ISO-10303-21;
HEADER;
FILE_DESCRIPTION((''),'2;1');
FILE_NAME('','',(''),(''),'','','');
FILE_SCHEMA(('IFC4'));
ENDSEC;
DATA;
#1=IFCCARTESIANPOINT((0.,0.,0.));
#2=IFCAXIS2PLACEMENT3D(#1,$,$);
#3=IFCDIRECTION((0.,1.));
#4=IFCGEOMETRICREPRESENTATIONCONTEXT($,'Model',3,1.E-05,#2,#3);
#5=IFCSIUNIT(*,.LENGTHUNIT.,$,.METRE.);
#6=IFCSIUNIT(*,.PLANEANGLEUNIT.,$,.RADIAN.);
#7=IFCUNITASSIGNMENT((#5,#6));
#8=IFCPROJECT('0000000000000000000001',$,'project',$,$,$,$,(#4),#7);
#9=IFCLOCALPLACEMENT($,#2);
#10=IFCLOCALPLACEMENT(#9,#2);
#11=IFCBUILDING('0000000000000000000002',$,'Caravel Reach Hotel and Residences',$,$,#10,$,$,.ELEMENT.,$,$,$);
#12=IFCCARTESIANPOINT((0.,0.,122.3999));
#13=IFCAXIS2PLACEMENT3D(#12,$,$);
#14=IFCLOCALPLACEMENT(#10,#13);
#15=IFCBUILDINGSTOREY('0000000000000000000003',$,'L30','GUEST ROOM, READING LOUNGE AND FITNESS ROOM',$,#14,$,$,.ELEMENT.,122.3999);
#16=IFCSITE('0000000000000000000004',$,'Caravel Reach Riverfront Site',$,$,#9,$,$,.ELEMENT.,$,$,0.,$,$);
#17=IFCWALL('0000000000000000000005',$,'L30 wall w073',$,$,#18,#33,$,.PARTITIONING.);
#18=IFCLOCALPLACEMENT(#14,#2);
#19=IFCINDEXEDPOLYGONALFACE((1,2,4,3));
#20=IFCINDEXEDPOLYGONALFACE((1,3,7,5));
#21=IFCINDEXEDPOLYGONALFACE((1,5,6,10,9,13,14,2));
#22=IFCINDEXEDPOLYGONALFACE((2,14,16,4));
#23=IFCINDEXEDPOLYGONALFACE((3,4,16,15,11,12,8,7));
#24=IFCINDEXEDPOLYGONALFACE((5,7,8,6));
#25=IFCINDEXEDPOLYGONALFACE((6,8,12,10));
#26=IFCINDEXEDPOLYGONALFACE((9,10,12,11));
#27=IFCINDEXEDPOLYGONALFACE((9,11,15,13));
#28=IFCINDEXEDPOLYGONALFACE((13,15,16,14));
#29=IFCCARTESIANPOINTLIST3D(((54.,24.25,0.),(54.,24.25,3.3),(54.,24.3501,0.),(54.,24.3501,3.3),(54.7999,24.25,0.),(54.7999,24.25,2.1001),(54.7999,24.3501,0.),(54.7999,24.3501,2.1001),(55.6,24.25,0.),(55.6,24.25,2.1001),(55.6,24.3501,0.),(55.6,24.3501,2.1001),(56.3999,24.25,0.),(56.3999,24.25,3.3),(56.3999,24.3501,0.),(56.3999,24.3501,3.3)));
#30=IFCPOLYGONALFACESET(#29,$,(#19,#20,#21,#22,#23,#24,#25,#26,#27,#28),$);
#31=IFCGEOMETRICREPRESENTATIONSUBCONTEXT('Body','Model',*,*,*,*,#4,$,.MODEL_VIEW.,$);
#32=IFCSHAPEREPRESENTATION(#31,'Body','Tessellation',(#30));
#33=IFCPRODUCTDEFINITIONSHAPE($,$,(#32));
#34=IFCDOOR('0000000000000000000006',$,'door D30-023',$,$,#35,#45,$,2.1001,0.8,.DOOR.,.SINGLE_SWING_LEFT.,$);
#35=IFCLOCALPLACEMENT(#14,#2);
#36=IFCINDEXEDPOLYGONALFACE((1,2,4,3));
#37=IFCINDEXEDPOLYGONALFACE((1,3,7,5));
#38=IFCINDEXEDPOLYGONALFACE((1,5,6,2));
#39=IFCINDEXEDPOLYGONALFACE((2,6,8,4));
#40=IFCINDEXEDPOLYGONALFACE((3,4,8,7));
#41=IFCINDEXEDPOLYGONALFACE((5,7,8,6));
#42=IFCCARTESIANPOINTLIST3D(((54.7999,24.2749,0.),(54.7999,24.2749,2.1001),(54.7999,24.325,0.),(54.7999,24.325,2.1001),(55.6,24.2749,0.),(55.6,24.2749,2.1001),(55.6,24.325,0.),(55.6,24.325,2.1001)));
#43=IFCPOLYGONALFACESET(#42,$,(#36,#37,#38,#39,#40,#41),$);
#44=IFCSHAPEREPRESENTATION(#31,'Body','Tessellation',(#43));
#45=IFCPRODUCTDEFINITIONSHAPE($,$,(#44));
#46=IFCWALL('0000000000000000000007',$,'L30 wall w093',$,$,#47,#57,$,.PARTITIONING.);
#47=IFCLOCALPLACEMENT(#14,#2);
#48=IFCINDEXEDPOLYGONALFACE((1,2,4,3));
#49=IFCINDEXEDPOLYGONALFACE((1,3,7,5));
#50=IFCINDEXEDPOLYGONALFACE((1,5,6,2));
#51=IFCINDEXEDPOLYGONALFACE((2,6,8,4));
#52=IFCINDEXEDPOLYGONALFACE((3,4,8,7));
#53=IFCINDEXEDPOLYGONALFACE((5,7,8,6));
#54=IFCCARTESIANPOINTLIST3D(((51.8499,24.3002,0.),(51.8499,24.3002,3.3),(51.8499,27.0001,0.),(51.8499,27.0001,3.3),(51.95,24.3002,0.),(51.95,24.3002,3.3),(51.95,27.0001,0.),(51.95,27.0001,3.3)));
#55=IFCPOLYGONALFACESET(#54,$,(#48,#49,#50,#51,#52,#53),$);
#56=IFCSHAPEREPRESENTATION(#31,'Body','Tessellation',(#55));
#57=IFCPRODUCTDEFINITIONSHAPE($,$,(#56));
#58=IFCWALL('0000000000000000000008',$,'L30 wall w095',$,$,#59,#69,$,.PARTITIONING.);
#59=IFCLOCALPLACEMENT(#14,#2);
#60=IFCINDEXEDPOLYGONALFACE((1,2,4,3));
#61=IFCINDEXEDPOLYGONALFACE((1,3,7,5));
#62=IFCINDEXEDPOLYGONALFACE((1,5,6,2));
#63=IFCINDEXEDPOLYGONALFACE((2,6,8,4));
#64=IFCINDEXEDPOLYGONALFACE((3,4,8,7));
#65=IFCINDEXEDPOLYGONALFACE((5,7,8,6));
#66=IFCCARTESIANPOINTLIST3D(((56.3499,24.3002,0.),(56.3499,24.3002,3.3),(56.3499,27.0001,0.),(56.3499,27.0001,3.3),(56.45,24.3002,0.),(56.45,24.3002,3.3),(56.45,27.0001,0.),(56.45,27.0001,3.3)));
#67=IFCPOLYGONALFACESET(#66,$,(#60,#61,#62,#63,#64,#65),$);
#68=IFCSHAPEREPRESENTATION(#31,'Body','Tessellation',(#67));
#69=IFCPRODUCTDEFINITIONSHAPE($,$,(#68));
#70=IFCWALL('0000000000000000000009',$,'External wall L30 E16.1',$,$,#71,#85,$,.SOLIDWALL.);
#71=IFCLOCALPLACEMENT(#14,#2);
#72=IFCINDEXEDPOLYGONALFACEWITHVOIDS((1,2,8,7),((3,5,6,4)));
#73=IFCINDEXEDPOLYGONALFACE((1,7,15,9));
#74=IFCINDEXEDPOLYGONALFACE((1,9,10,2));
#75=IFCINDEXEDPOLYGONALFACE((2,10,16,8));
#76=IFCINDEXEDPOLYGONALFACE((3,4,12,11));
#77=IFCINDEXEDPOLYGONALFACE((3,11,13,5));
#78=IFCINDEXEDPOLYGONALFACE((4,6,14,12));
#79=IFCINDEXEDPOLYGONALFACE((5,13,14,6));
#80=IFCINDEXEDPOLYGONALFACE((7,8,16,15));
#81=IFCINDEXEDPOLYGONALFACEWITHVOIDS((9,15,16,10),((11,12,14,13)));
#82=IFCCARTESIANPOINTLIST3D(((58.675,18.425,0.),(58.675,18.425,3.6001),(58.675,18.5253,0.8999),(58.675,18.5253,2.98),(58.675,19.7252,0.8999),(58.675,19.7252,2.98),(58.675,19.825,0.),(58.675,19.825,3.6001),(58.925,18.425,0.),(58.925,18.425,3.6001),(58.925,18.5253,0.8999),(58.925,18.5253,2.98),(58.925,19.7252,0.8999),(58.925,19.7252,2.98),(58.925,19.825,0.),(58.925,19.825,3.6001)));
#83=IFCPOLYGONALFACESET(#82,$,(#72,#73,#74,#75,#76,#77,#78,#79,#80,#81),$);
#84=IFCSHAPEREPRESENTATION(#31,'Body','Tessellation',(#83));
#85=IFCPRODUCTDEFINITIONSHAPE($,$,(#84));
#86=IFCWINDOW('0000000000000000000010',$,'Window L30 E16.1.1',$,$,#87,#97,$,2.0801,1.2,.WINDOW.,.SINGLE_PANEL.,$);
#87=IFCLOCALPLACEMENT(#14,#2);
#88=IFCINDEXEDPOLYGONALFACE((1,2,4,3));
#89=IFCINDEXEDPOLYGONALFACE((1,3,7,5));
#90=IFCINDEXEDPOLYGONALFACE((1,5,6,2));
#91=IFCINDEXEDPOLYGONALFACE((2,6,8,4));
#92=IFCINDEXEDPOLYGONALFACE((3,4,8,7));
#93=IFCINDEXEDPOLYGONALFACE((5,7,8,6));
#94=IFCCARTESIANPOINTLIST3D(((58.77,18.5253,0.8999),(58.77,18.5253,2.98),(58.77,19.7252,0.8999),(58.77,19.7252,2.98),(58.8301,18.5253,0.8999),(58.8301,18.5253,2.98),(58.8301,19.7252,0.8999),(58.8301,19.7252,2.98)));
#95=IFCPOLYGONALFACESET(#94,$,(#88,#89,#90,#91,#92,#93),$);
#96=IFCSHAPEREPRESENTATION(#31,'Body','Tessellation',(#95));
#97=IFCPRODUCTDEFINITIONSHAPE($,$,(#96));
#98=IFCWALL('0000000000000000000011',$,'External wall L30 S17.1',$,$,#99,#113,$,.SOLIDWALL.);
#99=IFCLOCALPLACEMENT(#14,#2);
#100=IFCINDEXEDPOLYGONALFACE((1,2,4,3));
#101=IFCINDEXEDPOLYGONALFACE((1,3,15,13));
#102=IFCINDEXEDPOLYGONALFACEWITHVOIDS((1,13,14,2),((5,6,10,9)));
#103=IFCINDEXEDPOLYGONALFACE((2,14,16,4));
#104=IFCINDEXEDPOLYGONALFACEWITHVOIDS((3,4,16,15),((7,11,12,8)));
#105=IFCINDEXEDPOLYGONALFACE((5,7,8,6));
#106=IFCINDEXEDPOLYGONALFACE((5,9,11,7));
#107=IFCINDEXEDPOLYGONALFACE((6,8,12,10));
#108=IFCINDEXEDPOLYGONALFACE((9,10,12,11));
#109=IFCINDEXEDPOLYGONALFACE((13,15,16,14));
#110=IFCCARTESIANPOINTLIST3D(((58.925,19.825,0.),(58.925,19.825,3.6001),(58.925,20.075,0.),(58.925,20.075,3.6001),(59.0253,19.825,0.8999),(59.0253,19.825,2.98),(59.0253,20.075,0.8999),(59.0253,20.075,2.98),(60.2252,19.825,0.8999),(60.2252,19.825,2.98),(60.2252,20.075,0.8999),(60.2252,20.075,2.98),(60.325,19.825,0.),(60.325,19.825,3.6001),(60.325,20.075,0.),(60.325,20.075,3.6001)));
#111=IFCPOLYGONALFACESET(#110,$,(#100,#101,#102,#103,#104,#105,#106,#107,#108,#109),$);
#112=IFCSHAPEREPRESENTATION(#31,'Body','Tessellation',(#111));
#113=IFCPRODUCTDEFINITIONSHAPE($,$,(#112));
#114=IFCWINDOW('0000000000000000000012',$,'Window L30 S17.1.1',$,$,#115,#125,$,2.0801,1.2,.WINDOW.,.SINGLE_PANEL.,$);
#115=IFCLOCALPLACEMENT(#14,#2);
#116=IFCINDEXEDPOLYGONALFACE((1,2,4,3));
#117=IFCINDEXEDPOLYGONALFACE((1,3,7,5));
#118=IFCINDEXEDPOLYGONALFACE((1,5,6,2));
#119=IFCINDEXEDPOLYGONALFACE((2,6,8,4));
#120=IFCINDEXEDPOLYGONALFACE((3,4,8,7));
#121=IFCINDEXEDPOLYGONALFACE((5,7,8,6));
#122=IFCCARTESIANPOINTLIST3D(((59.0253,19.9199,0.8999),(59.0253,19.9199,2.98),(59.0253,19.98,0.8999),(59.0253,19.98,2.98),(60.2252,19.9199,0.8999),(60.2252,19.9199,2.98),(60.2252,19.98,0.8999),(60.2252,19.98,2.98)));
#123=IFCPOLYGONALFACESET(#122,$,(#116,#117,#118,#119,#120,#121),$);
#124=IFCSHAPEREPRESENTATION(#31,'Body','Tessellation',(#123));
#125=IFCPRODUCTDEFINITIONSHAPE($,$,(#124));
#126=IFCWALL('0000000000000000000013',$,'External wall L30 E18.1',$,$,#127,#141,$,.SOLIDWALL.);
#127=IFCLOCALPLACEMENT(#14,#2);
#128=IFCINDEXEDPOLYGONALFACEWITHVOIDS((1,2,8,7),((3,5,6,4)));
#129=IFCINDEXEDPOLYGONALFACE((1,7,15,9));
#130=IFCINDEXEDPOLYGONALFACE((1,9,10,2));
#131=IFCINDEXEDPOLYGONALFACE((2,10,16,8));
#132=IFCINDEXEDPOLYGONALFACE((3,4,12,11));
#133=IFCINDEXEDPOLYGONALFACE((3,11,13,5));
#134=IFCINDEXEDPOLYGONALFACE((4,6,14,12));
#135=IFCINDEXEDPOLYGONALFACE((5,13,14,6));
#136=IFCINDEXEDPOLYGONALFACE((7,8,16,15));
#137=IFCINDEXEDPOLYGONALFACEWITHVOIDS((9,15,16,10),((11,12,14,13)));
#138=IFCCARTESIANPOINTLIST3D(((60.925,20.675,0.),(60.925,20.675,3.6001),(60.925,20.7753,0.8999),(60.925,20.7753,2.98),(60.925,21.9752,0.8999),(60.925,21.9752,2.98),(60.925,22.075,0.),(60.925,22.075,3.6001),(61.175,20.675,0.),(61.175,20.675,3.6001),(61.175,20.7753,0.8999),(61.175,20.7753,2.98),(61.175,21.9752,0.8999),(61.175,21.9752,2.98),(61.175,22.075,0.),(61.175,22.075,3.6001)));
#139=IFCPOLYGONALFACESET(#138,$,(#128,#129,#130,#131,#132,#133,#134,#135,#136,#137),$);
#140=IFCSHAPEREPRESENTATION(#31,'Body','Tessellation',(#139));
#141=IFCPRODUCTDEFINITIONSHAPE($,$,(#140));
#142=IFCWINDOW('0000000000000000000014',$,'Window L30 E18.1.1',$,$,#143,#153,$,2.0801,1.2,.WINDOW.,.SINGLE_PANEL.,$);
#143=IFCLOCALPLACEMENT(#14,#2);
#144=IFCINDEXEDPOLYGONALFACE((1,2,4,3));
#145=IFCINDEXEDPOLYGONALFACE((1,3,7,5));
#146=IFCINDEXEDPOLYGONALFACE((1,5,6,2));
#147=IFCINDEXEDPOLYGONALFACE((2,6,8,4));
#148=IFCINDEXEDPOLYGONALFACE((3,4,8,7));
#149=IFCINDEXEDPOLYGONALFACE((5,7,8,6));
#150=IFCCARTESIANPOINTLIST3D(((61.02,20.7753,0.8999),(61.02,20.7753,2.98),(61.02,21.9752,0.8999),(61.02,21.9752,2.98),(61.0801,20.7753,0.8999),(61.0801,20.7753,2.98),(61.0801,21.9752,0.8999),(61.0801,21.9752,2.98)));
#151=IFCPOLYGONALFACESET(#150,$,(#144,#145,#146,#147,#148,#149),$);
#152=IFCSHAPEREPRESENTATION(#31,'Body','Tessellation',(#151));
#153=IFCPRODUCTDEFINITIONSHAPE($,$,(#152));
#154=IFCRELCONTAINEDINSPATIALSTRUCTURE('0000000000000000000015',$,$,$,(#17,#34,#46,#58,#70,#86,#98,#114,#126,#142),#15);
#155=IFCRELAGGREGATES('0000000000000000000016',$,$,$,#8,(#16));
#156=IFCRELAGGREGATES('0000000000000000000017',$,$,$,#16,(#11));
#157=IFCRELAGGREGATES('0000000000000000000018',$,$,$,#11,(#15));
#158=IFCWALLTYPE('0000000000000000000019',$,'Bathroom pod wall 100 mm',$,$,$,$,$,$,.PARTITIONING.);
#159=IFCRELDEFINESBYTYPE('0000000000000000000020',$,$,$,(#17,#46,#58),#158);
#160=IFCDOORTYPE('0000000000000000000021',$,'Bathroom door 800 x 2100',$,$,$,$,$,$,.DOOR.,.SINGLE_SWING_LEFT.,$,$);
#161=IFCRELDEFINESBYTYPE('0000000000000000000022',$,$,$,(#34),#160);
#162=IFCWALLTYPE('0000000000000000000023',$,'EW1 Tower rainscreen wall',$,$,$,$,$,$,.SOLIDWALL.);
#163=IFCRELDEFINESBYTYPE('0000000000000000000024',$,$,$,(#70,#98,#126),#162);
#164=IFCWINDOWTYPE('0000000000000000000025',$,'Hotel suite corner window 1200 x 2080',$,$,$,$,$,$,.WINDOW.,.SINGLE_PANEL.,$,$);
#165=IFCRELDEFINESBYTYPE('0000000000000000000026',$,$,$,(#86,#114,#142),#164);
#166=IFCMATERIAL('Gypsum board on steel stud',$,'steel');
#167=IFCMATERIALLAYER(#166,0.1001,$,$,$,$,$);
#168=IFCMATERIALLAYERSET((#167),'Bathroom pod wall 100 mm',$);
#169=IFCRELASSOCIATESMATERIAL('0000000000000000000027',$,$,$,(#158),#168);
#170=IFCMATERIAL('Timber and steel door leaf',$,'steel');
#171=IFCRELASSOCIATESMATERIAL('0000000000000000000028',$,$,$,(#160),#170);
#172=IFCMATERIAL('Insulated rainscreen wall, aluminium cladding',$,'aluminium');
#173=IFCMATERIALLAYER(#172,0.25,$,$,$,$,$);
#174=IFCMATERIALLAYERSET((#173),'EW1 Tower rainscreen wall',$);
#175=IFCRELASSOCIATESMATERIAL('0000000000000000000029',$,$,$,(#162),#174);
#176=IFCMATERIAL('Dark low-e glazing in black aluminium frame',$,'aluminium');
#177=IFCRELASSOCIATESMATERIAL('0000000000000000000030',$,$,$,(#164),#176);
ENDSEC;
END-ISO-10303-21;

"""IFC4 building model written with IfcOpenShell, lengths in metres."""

from ifc_helpers import new_model, si_unit, direction, frame, frame_2d, origin, place, context, subcontext, project, spatial, rectangle, extrude, material, layer, layer_set, type_object, element, fill, save


model = new_model("IFC4")

# Units and contexts
model_context = context("Model", 3, precision=1e-05, world=origin(), true_north=direction((0.0, 1.0)))
body_context = subcontext(model_context, "Body", "Model", "MODEL_VIEW")
ifc_project = project(units=[si_unit("LENGTHUNIT", "METRE"), si_unit("PLANEANGLEUNIT", "RADIAN")], contexts=[model_context])

# Site, building, storey
site_placement = place(None, origin())
site = spatial("IfcSite", under=ifc_project, at=site_placement, Name="Caravel Reach Riverfront Site", CompositionType="ELEMENT", RefElevation=0.0)
building_placement = place(site_placement, origin())
building = spatial("IfcBuilding", under=site, at=building_placement, Name="Caravel Reach Hotel and Residences", CompositionType="ELEMENT")
storey_placement = place(building_placement, frame((0.0, 0.0, 122.3999)))
storey = spatial("IfcBuildingStorey", under=building, at=storey_placement, Name="L30", Description="GUEST ROOM, READING LOUNGE AND FITNESS ROOM", CompositionType="ELEMENT", Elevation=122.3999)

# Wall, opening, door
ifc_material_1 = material(Name="Gypsum board on steel stud", Category="steel")
ifc_layer_1 = layer(ifc_material_1, 0.1001)
ifc_layer_set_1 = layer_set([ifc_layer_1], Name="Bathroom pod wall 100 mm")
wall_type_1 = type_object("IfcWallType", Name="Bathroom pod wall 100 mm", PredefinedType="PARTITIONING", material=ifc_layer_set_1)
wall_1_placement = place(storey_placement, frame((54.0, 24.3, 0.0), z_axis=(0.0, 0.0, 1.0), x_axis=(1.0, 0.0, 0.0)))
wall_1 = element("IfcWall", 1, at=wall_1_placement, inside=storey, type_object=wall_type_1, Name="L30 wall w073", PredefinedType="PARTITIONING", context=body_context, shape_type="SweptSolid", body=[
    extrude(rectangle(XDim=2.3999, YDim=0.1001, at=frame_2d((1.2, 0.0))), origin(), (0.0, 0.0, 1.0), 3.3),
])
opening_1_placement = place(wall_1_placement, frame((0.8, 0.0, 0.0)))
opening_1 = element("IfcOpeningElement", 2, at=opening_1_placement, cuts=wall_1, PredefinedType="OPENING", context=body_context, shape_type="SweptSolid", body=[
    extrude(rectangle(XDim=0.8, YDim=2.1001, at=frame_2d((0.3999, 1.05))), frame((0.0, 0.0601, 0.0), z_axis=(0.0, -1.0, 0.0), x_axis=(1.0, 0.0, 0.0)), (0.0, 0.0, 1.0), 0.1201),
])
ifc_material_2 = material(Name="Timber and steel door leaf", Category="steel")
door_type = type_object("IfcDoorType", Name="Bathroom door 800 x 2100", OperationType="SINGLE_SWING_LEFT", PredefinedType="DOOR", material=ifc_material_2)
door_placement = place(opening_1_placement, origin())
door = element("IfcDoor", 3, at=door_placement, inside=storey, type_object=door_type, Name="door D30-023", OperationType="SINGLE_SWING_LEFT", OverallHeight=2.1001, OverallWidth=0.8, PredefinedType="DOOR", context=body_context, shape_type="SweptSolid", body=[
    extrude(rectangle(XDim=0.8, YDim=2.1001, at=frame_2d((0.3999, 1.05))), frame((0.0, 0.0249, 0.0), z_axis=(0.0, -1.0, 0.0), x_axis=(1.0, 0.0, 0.0)), (0.0, 0.0, 1.0), 0.05),
])
fill(opening_1, door)

# Walls
for number, where, z_axis, x_axis, name in (
    (4, (51.8999, 24.3, 0.0), (0.0, 0.0, 1.0), (0.0, 1.0, 0.0), "L30 wall w093"),
    (5, (56.3999, 24.3, 0.0), (0.0, 0.0, 1.0), (0.0, 1.0, 0.0), "L30 wall w095"),
):
    element("IfcWall", number, at=place(storey_placement, frame(where, z_axis=z_axis, x_axis=x_axis)), inside=storey, type_object=wall_type_1, Name=name, PredefinedType="PARTITIONING", context=body_context, shape_type="SweptSolid", body=[
        extrude(rectangle(XDim=2.7, YDim=0.1001, at=frame_2d((1.3501, 0.0))), origin(), (0.0, 0.0, 1.0), 3.3),
    ])

# Walls, openings, windows
ifc_material_3 = material(Name="Insulated rainscreen wall, aluminium cladding", Category="aluminium")
ifc_layer_2 = layer(ifc_material_3, 0.25)
ifc_layer_set_2 = layer_set([ifc_layer_2], Name="EW1 Tower rainscreen wall")
wall_type_2 = type_object("IfcWallType", Name="EW1 Tower rainscreen wall", PredefinedType="SOLIDWALL", material=ifc_layer_set_2)
wall_2_placement = place(storey_placement, frame((58.8, 18.425, 0.0), z_axis=(0.0, 0.0, 1.0), x_axis=(0.0, 1.0, 0.0)))
wall_2 = element("IfcWall", 6, at=wall_2_placement, inside=storey, type_object=wall_type_2, Name="External wall L30 E16.1", PredefinedType="SOLIDWALL", context=body_context, shape_type="SweptSolid", body=[
    extrude(rectangle(XDim=1.3999, YDim=0.25, at=frame_2d((0.7, 0.0))), origin(), (0.0, 0.0, 1.0), 3.6001),
])
opening_2_placement = place(wall_2_placement, frame((0.1001, 0.0, 0.8999)))
opening_2 = element("IfcOpeningElement", 7, at=opening_2_placement, cuts=wall_2, PredefinedType="OPENING", context=body_context, shape_type="SweptSolid", body=[
    extrude(rectangle(XDim=1.2, YDim=2.0801, at=frame_2d((0.6001, 1.04))), frame((0.0, 0.135, 0.0), z_axis=(0.0, -1.0, 0.0), x_axis=(1.0, 0.0, 0.0)), (0.0, 0.0, 1.0), 0.27),
])
ifc_material_4 = material(Name="Dark low-e glazing in black aluminium frame", Category="aluminium")
window_type_1 = type_object("IfcWindowType", Name="Hotel suite corner window 1200 x 2080", PartitioningType="SINGLE_PANEL", PredefinedType="WINDOW", material=ifc_material_4)
window_1_placement = place(opening_2_placement, origin())
window_1 = element("IfcWindow", 8, at=window_1_placement, inside=storey, type_object=window_type_1, Name="Window L30 E16.1.1", OverallHeight=2.0801, OverallWidth=1.2, PartitioningType="SINGLE_PANEL", PredefinedType="WINDOW", context=body_context, shape_type="SweptSolid", body=[
    extrude(rectangle(XDim=1.2, YDim=2.0801, at=frame_2d((0.6001, 1.04))), frame((0.0, 0.03, 0.0), z_axis=(0.0, -1.0, 0.0), x_axis=(1.0, 0.0, 0.0)), (0.0, 0.0, 1.0), 0.0601),
])
fill(opening_2, window_1)
wall_3_placement = place(storey_placement, frame((58.925, 19.95, 0.0), z_axis=(0.0, 0.0, 1.0), x_axis=(1.0, 0.0, 0.0)))
wall_3 = element("IfcWall", 9, at=wall_3_placement, inside=storey, type_object=wall_type_2, Name="External wall L30 S17.1", PredefinedType="SOLIDWALL", context=body_context, shape_type="SweptSolid", body=[
    extrude(rectangle(XDim=1.3999, YDim=0.25, at=frame_2d((0.7, 0.0))), origin(), (0.0, 0.0, 1.0), 3.6001),
])
opening_3_placement = place(wall_3_placement, frame((0.1001, 0.0, 0.8999)))
opening_3 = element("IfcOpeningElement", 10, at=opening_3_placement, cuts=wall_3, PredefinedType="OPENING", context=body_context, shape_type="SweptSolid", body=[
    extrude(rectangle(XDim=1.2, YDim=2.0801, at=frame_2d((0.6001, 1.04))), frame((0.0, 0.135, 0.0), z_axis=(0.0, -1.0, 0.0), x_axis=(1.0, 0.0, 0.0)), (0.0, 0.0, 1.0), 0.27),
])
window_2_placement = place(opening_3_placement, origin())
window_2 = element("IfcWindow", 11, at=window_2_placement, inside=storey, type_object=window_type_1, Name="Window L30 S17.1.1", OverallHeight=2.0801, OverallWidth=1.2, PartitioningType="SINGLE_PANEL", PredefinedType="WINDOW", context=body_context, shape_type="SweptSolid", body=[
    extrude(rectangle(XDim=1.2, YDim=2.0801, at=frame_2d((0.6001, 1.04))), frame((0.0, 0.03, 0.0), z_axis=(0.0, -1.0, 0.0), x_axis=(1.0, 0.0, 0.0)), (0.0, 0.0, 1.0), 0.0601),
])
fill(opening_3, window_2)
wall_4_placement = place(storey_placement, frame((61.05, 20.675, 0.0), z_axis=(0.0, 0.0, 1.0), x_axis=(0.0, 1.0, 0.0)))
wall_4 = element("IfcWall", 12, at=wall_4_placement, inside=storey, type_object=wall_type_2, Name="External wall L30 E18.1", PredefinedType="SOLIDWALL", context=body_context, shape_type="SweptSolid", body=[
    extrude(rectangle(XDim=1.3999, YDim=0.25, at=frame_2d((0.7, 0.0))), origin(), (0.0, 0.0, 1.0), 3.6001),
])
opening_4_placement = place(wall_4_placement, frame((0.1001, 0.0, 0.8999)))
opening_4 = element("IfcOpeningElement", 13, at=opening_4_placement, cuts=wall_4, PredefinedType="OPENING", context=body_context, shape_type="SweptSolid", body=[
    extrude(rectangle(XDim=1.2, YDim=2.0801, at=frame_2d((0.6001, 1.04))), frame((0.0, 0.135, 0.0), z_axis=(0.0, -1.0, 0.0), x_axis=(1.0, 0.0, 0.0)), (0.0, 0.0, 1.0), 0.27),
])
window_3_placement = place(opening_4_placement, origin())
window_3 = element("IfcWindow", 14, at=window_3_placement, inside=storey, type_object=window_type_1, Name="Window L30 E18.1.1", OverallHeight=2.0801, OverallWidth=1.2, PartitioningType="SINGLE_PANEL", PredefinedType="WINDOW", context=body_context, shape_type="SweptSolid", body=[
    extrude(rectangle(XDim=1.2, YDim=2.0801, at=frame_2d((0.6001, 1.04))), frame((0.0, 0.03, 0.0), z_axis=(0.0, -1.0, 0.0), x_axis=(1.0, 0.0, 0.0)), (0.0, 0.0, 1.0), 0.0601),
])
fill(opening_4, window_3)

save(model, "model.ifc")
